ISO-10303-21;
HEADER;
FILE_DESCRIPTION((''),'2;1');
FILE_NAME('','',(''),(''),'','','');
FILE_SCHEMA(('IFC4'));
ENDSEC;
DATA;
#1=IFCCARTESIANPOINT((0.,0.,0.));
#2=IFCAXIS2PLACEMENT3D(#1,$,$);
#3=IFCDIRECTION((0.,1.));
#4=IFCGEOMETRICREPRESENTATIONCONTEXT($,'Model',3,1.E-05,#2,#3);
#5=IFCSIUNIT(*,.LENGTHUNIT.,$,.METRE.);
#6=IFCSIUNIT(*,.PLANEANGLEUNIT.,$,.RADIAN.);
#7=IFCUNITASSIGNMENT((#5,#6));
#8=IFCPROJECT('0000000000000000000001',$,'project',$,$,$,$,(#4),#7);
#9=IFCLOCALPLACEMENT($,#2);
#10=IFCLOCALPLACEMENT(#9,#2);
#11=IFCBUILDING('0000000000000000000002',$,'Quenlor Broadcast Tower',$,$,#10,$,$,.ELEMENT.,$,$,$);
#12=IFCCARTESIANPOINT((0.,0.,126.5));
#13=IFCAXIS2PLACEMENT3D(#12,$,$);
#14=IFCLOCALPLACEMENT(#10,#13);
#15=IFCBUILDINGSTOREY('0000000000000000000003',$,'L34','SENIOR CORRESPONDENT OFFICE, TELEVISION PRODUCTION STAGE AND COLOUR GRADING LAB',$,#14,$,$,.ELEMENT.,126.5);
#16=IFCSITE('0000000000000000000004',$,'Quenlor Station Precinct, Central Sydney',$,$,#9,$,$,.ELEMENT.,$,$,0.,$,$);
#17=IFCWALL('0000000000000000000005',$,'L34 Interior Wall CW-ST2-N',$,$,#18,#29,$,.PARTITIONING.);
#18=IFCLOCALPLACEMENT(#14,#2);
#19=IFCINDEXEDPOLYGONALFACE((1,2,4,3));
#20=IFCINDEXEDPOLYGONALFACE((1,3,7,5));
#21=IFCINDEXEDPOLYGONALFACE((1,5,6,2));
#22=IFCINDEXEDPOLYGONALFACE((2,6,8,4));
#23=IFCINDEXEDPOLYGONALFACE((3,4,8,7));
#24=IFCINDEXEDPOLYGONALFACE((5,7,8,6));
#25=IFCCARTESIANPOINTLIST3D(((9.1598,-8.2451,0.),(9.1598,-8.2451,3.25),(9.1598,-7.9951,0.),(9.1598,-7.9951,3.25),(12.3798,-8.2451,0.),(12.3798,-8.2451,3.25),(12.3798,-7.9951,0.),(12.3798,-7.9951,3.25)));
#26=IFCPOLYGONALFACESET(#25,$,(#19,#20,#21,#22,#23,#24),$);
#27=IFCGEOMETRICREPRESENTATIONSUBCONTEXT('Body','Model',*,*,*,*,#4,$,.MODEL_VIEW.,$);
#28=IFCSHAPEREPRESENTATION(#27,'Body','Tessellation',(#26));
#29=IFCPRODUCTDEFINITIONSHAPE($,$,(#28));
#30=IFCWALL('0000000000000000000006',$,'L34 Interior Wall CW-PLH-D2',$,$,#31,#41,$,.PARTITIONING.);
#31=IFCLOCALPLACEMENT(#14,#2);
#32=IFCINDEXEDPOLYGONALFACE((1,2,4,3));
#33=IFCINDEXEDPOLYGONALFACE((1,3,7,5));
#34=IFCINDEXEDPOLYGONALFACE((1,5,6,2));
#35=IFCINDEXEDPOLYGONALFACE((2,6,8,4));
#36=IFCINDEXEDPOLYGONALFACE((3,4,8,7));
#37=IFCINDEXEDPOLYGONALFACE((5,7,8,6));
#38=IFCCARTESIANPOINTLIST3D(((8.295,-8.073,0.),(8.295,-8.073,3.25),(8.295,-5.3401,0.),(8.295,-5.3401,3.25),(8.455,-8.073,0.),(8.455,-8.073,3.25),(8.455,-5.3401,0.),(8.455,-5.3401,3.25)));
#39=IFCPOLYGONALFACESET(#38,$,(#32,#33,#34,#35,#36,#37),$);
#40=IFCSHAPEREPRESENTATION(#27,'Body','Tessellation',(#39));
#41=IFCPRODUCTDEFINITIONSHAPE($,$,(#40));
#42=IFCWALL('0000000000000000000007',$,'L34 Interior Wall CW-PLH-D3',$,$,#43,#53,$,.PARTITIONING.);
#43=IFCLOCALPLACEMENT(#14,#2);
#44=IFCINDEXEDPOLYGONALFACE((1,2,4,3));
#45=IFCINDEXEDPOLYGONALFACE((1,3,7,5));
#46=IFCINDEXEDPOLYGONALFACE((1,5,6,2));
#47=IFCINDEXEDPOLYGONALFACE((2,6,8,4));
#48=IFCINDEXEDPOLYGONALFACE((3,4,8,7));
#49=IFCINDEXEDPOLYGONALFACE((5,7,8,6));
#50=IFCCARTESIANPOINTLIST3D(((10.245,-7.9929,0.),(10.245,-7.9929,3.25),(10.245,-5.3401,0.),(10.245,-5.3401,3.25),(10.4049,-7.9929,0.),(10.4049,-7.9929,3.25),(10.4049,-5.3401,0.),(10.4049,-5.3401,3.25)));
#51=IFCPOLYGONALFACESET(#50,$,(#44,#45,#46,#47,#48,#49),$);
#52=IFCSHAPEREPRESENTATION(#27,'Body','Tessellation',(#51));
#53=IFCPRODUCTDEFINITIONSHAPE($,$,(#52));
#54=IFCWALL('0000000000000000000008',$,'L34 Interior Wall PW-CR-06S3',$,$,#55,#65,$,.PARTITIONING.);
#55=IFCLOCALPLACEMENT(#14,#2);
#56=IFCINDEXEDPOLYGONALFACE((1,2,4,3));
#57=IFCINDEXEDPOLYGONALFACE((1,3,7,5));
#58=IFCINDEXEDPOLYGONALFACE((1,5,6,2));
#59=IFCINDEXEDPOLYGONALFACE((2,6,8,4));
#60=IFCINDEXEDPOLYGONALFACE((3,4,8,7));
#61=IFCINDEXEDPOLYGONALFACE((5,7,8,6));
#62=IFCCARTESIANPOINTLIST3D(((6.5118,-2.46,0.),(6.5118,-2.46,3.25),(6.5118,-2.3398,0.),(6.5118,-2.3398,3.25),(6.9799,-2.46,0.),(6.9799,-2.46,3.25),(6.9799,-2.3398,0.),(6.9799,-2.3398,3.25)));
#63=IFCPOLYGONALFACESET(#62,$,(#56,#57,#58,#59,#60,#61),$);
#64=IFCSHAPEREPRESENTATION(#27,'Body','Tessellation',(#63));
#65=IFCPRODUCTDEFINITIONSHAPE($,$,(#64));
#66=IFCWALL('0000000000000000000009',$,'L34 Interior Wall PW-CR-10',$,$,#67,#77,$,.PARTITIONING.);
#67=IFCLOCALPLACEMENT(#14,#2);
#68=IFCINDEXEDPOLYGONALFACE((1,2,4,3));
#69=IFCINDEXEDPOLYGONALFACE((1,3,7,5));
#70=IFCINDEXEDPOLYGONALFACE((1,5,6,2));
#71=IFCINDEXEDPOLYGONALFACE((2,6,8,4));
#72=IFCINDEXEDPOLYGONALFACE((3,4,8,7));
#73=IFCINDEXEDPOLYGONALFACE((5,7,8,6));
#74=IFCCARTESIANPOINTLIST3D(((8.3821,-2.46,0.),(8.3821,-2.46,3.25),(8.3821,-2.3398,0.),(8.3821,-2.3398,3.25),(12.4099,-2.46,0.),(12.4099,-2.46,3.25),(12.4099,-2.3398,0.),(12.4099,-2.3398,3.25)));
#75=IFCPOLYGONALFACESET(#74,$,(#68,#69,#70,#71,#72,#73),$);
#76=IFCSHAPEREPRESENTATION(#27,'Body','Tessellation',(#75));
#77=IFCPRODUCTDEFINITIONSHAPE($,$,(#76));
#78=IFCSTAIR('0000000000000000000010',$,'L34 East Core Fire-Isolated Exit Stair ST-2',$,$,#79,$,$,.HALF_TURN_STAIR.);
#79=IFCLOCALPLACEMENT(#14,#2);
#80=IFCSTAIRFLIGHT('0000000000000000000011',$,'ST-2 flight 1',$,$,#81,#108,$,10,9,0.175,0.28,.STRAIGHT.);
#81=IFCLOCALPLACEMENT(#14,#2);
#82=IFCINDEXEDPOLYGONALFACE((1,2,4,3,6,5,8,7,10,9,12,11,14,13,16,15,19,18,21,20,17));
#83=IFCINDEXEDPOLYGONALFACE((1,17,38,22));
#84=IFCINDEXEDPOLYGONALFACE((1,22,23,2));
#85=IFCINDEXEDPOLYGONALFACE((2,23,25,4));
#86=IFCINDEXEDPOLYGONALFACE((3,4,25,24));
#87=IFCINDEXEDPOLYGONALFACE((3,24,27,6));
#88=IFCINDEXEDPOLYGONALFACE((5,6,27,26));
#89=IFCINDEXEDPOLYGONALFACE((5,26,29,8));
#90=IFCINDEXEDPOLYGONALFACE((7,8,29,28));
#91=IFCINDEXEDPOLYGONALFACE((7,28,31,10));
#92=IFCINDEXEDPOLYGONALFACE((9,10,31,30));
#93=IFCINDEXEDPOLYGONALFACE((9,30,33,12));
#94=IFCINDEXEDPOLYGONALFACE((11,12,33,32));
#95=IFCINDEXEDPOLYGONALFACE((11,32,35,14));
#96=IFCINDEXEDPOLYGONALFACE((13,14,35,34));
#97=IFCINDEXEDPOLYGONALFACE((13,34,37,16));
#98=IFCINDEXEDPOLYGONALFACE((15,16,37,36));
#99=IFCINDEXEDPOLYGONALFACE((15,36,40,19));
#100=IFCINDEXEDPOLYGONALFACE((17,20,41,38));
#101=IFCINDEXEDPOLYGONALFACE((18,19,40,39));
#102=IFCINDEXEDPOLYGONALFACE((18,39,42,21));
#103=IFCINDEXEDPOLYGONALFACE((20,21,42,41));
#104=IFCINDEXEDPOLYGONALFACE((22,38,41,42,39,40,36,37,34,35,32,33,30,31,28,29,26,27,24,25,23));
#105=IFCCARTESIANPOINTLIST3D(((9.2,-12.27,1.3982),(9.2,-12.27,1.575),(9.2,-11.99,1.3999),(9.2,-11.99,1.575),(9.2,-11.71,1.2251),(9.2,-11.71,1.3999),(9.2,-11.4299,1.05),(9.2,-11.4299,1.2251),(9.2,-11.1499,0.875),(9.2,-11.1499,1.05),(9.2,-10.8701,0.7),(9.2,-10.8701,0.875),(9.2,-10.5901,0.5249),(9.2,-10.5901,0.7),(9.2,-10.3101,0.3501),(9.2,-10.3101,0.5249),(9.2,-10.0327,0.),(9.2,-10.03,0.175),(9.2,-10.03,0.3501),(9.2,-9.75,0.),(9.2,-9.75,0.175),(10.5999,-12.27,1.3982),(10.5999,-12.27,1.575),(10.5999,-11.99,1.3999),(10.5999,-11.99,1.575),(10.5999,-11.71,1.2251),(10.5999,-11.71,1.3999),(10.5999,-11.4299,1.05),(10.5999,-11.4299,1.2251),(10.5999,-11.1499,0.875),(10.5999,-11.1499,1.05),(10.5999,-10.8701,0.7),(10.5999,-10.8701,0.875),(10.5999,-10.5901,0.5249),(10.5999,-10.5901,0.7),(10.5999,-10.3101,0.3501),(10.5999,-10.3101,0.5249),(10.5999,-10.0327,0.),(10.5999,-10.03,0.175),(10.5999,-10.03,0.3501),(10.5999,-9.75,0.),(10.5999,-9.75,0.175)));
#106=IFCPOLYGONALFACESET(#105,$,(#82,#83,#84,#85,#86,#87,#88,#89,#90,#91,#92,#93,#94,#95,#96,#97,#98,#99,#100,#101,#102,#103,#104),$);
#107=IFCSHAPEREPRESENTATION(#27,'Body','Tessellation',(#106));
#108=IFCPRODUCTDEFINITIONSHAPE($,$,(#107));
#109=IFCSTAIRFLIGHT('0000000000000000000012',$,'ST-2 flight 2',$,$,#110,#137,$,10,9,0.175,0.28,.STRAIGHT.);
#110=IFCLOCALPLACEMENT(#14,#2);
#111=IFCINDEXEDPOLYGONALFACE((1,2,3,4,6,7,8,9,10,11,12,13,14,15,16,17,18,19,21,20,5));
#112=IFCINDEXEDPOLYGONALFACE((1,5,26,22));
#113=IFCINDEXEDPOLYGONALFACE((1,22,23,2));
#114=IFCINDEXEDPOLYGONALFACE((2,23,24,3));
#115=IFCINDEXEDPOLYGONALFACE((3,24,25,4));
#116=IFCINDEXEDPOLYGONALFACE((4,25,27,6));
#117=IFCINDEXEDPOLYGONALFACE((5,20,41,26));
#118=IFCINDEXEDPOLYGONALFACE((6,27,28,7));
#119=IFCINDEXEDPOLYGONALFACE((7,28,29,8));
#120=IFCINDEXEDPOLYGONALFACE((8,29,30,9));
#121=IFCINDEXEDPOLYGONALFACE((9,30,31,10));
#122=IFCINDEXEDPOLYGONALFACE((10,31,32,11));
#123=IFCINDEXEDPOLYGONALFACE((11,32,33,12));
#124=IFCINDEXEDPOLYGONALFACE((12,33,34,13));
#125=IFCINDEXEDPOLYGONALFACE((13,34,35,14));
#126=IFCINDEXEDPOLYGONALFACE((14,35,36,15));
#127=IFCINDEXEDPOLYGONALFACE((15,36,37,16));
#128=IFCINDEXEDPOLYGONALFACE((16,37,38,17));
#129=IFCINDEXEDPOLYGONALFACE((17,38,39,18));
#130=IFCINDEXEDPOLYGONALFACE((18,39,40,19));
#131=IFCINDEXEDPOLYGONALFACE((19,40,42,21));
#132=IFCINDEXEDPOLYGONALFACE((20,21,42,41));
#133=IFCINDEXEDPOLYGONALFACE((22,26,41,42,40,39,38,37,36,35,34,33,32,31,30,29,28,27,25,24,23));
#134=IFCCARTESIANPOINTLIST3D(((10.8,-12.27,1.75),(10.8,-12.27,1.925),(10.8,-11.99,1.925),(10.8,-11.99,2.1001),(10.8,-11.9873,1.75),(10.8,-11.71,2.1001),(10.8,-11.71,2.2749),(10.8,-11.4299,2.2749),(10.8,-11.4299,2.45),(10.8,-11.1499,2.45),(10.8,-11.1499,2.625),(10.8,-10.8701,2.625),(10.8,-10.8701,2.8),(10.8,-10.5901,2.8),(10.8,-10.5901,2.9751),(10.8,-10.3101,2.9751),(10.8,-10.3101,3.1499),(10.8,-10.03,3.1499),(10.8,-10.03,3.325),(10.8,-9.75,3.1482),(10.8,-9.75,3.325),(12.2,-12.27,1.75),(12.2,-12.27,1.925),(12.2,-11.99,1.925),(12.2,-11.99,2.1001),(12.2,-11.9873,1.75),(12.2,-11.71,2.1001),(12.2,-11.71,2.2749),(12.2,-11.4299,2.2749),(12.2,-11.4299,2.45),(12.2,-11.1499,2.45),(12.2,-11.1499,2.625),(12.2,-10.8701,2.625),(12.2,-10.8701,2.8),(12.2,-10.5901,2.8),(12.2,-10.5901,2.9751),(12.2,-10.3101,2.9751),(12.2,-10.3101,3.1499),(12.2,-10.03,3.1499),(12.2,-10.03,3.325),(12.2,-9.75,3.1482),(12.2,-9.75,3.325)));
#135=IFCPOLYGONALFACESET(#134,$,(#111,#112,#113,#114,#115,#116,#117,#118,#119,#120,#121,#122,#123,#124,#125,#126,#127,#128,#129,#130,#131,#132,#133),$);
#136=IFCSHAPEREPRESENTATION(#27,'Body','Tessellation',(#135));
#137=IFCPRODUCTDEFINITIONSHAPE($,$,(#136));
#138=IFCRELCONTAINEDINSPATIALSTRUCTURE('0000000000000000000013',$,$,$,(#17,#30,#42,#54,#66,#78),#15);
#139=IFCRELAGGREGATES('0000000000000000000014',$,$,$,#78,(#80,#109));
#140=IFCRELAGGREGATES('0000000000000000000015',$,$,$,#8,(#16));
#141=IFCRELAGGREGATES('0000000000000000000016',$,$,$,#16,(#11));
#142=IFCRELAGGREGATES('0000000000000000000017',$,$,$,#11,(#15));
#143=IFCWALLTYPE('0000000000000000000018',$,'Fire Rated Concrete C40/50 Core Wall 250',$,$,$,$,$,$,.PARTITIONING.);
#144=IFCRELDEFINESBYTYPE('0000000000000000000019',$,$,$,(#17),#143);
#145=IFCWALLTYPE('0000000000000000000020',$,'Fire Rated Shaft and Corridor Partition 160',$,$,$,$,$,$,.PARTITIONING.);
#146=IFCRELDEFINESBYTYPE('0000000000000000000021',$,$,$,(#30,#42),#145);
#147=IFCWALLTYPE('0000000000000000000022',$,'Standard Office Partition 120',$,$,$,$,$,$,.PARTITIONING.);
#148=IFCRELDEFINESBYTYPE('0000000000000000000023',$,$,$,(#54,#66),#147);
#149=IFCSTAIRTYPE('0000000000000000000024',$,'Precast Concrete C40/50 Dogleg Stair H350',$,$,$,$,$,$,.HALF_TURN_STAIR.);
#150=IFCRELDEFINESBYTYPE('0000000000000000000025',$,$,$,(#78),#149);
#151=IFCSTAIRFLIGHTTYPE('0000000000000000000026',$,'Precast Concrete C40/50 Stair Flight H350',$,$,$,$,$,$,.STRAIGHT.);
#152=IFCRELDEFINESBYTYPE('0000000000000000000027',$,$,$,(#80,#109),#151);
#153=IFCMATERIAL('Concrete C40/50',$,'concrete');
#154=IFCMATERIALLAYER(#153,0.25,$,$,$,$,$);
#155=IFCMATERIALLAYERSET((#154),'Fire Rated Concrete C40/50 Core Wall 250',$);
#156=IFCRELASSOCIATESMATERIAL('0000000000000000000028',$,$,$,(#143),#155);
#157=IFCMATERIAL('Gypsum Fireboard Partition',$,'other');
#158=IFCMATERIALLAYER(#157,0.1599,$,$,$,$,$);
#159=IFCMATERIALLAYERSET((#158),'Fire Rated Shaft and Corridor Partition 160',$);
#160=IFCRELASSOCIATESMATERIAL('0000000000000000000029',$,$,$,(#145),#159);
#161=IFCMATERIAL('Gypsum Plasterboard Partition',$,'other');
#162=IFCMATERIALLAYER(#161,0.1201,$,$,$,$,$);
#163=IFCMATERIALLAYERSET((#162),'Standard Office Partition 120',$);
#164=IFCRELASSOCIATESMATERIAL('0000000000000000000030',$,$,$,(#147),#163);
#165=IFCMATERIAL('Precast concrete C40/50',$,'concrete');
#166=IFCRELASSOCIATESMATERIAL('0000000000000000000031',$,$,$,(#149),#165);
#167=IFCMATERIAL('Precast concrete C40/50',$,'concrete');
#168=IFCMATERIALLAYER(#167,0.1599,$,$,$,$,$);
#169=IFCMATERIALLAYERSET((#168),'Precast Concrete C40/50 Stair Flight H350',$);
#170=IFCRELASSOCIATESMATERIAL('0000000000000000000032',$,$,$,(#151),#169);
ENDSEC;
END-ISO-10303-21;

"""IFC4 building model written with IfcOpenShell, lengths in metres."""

from ifc_helpers import new_model, si_unit, direction, frame, frame_2d, origin, place, context, subcontext, project, spatial, polyline, rectangle, outline, extrude, material, layer, layer_set, type_object, element, aggregate, save


model = new_model("IFC4")

# Units and contexts
model_context = context("Model", 3, precision=1e-05, world=origin(), true_north=direction((0.0, 1.0)))
body_context = subcontext(model_context, "Body", "Model", "MODEL_VIEW")
ifc_project = project(units=[si_unit("LENGTHUNIT", "METRE"), si_unit("PLANEANGLEUNIT", "RADIAN")], contexts=[model_context])

# Site, building, storey
site_placement = place(None, origin())
site = spatial("IfcSite", under=ifc_project, at=site_placement, Name="Quenlor Station Precinct, Central Sydney", CompositionType="ELEMENT", RefElevation=0.0)
building_placement = place(site_placement, origin())
building = spatial("IfcBuilding", under=site, at=building_placement, Name="Quenlor Broadcast Tower", CompositionType="ELEMENT")
storey_placement = place(building_placement, frame((0.0, 0.0, 126.5)))
storey = spatial("IfcBuildingStorey", under=building, at=storey_placement, Name="L34", Description="SENIOR CORRESPONDENT OFFICE, TELEVISION PRODUCTION STAGE AND COLOUR GRADING LAB", CompositionType="ELEMENT", Elevation=126.5)

# Shared definitions
ifc_material_1 = material(Name="Concrete C40/50", Category="concrete")
ifc_layer_1 = layer(ifc_material_1, 0.25)
ifc_layer_set_1 = layer_set([ifc_layer_1], Name="Fire Rated Concrete C40/50 Core Wall 250")
wall_type_1 = type_object("IfcWallType", Name="Fire Rated Concrete C40/50 Core Wall 250", PredefinedType="PARTITIONING", material=ifc_layer_set_1)

# Walls
wall_1_placement = place(storey_placement, frame((9.1599, -8.1201, 0.0), z_axis=(0.0, 0.0, 1.0), x_axis=(1.0, 0.0, 0.0)))
element("IfcWall", 1, at=wall_1_placement, inside=storey, type_object=wall_type_1, Name="L34 Interior Wall CW-ST2-N", PredefinedType="PARTITIONING", context=body_context, shape_type="SweptSolid", body=[
    extrude(rectangle(XDim=3.22, YDim=0.25, at=frame_2d((1.6099, 0.0))), origin(), (0.0, 0.0, 1.0), 3.25),
])
ifc_material_2 = material(Name="Gypsum Fireboard Partition", Category="other")
ifc_layer_2 = layer(ifc_material_2, 0.1599)
ifc_layer_set_2 = layer_set([ifc_layer_2], Name="Fire Rated Shaft and Corridor Partition 160")
wall_type_2 = type_object("IfcWallType", Name="Fire Rated Shaft and Corridor Partition 160", PredefinedType="PARTITIONING", material=ifc_layer_set_2)
wall_2_placement = place(storey_placement, frame((8.375, -8.073, 0.0), z_axis=(0.0, 0.0, 1.0), x_axis=(0.0, 1.0, 0.0)))
element("IfcWall", 2, at=wall_2_placement, inside=storey, type_object=wall_type_2, Name="L34 Interior Wall CW-PLH-D2", PredefinedType="PARTITIONING", context=body_context, shape_type="SweptSolid", body=[
    extrude(rectangle(XDim=2.7329, YDim=0.1599, at=frame_2d((1.3665, 0.0))), origin(), (0.0, 0.0, 1.0), 3.25),
])
wall_3_placement = place(storey_placement, frame((10.325, -7.9929, 0.0), z_axis=(0.0, 0.0, 1.0), x_axis=(0.0, 1.0, 0.0)))
element("IfcWall", 3, at=wall_3_placement, inside=storey, type_object=wall_type_2, Name="L34 Interior Wall CW-PLH-D3", PredefinedType="PARTITIONING", context=body_context, shape_type="SweptSolid", body=[
    extrude(rectangle(XDim=2.6528, YDim=0.1599, at=frame_2d((1.3264, 0.0))), origin(), (0.0, 0.0, 1.0), 3.25),
])
ifc_material_3 = material(Name="Gypsum Plasterboard Partition", Category="other")
ifc_layer_3 = layer(ifc_material_3, 0.1201)
ifc_layer_set_3 = layer_set([ifc_layer_3], Name="Standard Office Partition 120")
wall_type_3 = type_object("IfcWallType", Name="Standard Office Partition 120", PredefinedType="PARTITIONING", material=ifc_layer_set_3)
wall_4_placement = place(storey_placement, frame((6.512, -2.3999, 0.0), z_axis=(0.0, 0.0, 1.0), x_axis=(1.0, 0.0, 0.0)))
element("IfcWall", 4, at=wall_4_placement, inside=storey, type_object=wall_type_3, Name="L34 Interior Wall PW-CR-06S3", PredefinedType="PARTITIONING", context=body_context, shape_type="SweptSolid", body=[
    extrude(rectangle(XDim=0.468, YDim=0.1201, at=frame_2d((0.2339, 0.0))), origin(), (0.0, 0.0, 1.0), 3.25),
])
wall_5_placement = place(storey_placement, frame((8.3821, -2.3999, 0.0), z_axis=(0.0, 0.0, 1.0), x_axis=(1.0, 0.0, 0.0)))
element("IfcWall", 5, at=wall_5_placement, inside=storey, type_object=wall_type_3, Name="L34 Interior Wall PW-CR-10", PredefinedType="PARTITIONING", context=body_context, shape_type="SweptSolid", body=[
    extrude(rectangle(XDim=4.0278, YDim=0.1201, at=frame_2d((2.0139, 0.0))), origin(), (0.0, 0.0, 1.0), 3.25),
])

# Stair, stair flights
ifc_material_4 = material(Name="Precast concrete C40/50", Category="concrete")
stair_type = type_object("IfcStairType", Name="Precast Concrete C40/50 Dogleg Stair H350", PredefinedType="HALF_TURN_STAIR", material=ifc_material_4)
stair_placement = place(storey_placement, origin())
stair = element("IfcStair", 6, at=stair_placement, inside=storey, type_object=stair_type, Name="L34 East Core Fire-Isolated Exit Stair ST-2", PredefinedType="HALF_TURN_STAIR")
ifc_material_5 = material(Name="Precast concrete C40/50", Category="concrete")
ifc_layer_4 = layer(ifc_material_5, 0.1599)
ifc_layer_set_4 = layer_set([ifc_layer_4], Name="Precast Concrete C40/50 Stair Flight H350")
stair_flight_type = type_object("IfcStairFlightType", Name="Precast Concrete C40/50 Stair Flight H350", PredefinedType="STRAIGHT", material=ifc_layer_set_4)
stair_flight_1_placement = place(storey_placement, frame((9.8999, -9.75, 0.0), z_axis=(0.0, 0.0, 1.0), x_axis=(0.0, -1.0, 0.0)))
stair_flight_1 = element("IfcStairFlight", 7, at=stair_flight_1_placement, type_object=stair_flight_type, Name="ST-2 flight 1", NumberOfRisers=10, NumberOfTreads=9, PredefinedType="STRAIGHT", RiserHeight=0.175, TreadLength=0.28, context=body_context, shape_type="SweptSolid", body=[
    extrude(outline(polyline([(0.0, 0.0), (0.0, 0.175), (0.28, 0.175), (0.28, 0.3501), (0.5601, 0.3501), (0.5601, 0.5249), (0.8401, 0.5249), (0.8401, 0.7), (1.1201, 0.7), (1.1201, 0.875), (1.3999, 0.875), (1.3999, 1.05), (1.6799, 1.05), (1.6799, 1.2251), (1.96, 1.2251), (1.96, 1.3999), (2.24, 1.3999), (2.24, 1.575), (2.52, 1.575), (2.52, 1.75), (2.52, 1.3982), (0.2827, 0.0), (0.0, 0.0)])), frame((0.0, 0.7, 0.0), z_axis=(0.0, -1.0, 0.0), x_axis=(1.0, 0.0, 0.0)), (0.0, 0.0, 1.0), 1.3999),
])
stair_flight_2_placement = place(storey_placement, frame((11.5, -12.27, 1.75), z_axis=(0.0, 0.0, 1.0), x_axis=(0.0, 1.0, 0.0)))
stair_flight_2 = element("IfcStairFlight", 8, at=stair_flight_2_placement, type_object=stair_flight_type, Name="ST-2 flight 2", NumberOfRisers=10, NumberOfTreads=9, PredefinedType="STRAIGHT", RiserHeight=0.175, TreadLength=0.28, context=body_context, shape_type="SweptSolid", body=[
    extrude(outline(polyline([(0.0, 0.0), (0.0, 0.175), (0.28, 0.175), (0.28, 0.3501), (0.5601, 0.3501), (0.5601, 0.5249), (0.8401, 0.5249), (0.8401, 0.7), (1.1201, 0.7), (1.1201, 0.875), (1.3999, 0.875), (1.3999, 1.05), (1.6799, 1.05), (1.6799, 1.2251), (1.96, 1.2251), (1.96, 1.3999), (2.24, 1.3999), (2.24, 1.575), (2.52, 1.575), (2.52, 1.75), (2.52, 1.3982), (0.2827, 0.0), (0.0, 0.0)])), frame((0.0, 0.7, 0.0), z_axis=(0.0, -1.0, 0.0), x_axis=(1.0, 0.0, 0.0)), (0.0, 0.0, 1.0), 1.3999),
])
aggregate(stair, [stair_flight_1, stair_flight_2])

save(model, "model.ifc")
